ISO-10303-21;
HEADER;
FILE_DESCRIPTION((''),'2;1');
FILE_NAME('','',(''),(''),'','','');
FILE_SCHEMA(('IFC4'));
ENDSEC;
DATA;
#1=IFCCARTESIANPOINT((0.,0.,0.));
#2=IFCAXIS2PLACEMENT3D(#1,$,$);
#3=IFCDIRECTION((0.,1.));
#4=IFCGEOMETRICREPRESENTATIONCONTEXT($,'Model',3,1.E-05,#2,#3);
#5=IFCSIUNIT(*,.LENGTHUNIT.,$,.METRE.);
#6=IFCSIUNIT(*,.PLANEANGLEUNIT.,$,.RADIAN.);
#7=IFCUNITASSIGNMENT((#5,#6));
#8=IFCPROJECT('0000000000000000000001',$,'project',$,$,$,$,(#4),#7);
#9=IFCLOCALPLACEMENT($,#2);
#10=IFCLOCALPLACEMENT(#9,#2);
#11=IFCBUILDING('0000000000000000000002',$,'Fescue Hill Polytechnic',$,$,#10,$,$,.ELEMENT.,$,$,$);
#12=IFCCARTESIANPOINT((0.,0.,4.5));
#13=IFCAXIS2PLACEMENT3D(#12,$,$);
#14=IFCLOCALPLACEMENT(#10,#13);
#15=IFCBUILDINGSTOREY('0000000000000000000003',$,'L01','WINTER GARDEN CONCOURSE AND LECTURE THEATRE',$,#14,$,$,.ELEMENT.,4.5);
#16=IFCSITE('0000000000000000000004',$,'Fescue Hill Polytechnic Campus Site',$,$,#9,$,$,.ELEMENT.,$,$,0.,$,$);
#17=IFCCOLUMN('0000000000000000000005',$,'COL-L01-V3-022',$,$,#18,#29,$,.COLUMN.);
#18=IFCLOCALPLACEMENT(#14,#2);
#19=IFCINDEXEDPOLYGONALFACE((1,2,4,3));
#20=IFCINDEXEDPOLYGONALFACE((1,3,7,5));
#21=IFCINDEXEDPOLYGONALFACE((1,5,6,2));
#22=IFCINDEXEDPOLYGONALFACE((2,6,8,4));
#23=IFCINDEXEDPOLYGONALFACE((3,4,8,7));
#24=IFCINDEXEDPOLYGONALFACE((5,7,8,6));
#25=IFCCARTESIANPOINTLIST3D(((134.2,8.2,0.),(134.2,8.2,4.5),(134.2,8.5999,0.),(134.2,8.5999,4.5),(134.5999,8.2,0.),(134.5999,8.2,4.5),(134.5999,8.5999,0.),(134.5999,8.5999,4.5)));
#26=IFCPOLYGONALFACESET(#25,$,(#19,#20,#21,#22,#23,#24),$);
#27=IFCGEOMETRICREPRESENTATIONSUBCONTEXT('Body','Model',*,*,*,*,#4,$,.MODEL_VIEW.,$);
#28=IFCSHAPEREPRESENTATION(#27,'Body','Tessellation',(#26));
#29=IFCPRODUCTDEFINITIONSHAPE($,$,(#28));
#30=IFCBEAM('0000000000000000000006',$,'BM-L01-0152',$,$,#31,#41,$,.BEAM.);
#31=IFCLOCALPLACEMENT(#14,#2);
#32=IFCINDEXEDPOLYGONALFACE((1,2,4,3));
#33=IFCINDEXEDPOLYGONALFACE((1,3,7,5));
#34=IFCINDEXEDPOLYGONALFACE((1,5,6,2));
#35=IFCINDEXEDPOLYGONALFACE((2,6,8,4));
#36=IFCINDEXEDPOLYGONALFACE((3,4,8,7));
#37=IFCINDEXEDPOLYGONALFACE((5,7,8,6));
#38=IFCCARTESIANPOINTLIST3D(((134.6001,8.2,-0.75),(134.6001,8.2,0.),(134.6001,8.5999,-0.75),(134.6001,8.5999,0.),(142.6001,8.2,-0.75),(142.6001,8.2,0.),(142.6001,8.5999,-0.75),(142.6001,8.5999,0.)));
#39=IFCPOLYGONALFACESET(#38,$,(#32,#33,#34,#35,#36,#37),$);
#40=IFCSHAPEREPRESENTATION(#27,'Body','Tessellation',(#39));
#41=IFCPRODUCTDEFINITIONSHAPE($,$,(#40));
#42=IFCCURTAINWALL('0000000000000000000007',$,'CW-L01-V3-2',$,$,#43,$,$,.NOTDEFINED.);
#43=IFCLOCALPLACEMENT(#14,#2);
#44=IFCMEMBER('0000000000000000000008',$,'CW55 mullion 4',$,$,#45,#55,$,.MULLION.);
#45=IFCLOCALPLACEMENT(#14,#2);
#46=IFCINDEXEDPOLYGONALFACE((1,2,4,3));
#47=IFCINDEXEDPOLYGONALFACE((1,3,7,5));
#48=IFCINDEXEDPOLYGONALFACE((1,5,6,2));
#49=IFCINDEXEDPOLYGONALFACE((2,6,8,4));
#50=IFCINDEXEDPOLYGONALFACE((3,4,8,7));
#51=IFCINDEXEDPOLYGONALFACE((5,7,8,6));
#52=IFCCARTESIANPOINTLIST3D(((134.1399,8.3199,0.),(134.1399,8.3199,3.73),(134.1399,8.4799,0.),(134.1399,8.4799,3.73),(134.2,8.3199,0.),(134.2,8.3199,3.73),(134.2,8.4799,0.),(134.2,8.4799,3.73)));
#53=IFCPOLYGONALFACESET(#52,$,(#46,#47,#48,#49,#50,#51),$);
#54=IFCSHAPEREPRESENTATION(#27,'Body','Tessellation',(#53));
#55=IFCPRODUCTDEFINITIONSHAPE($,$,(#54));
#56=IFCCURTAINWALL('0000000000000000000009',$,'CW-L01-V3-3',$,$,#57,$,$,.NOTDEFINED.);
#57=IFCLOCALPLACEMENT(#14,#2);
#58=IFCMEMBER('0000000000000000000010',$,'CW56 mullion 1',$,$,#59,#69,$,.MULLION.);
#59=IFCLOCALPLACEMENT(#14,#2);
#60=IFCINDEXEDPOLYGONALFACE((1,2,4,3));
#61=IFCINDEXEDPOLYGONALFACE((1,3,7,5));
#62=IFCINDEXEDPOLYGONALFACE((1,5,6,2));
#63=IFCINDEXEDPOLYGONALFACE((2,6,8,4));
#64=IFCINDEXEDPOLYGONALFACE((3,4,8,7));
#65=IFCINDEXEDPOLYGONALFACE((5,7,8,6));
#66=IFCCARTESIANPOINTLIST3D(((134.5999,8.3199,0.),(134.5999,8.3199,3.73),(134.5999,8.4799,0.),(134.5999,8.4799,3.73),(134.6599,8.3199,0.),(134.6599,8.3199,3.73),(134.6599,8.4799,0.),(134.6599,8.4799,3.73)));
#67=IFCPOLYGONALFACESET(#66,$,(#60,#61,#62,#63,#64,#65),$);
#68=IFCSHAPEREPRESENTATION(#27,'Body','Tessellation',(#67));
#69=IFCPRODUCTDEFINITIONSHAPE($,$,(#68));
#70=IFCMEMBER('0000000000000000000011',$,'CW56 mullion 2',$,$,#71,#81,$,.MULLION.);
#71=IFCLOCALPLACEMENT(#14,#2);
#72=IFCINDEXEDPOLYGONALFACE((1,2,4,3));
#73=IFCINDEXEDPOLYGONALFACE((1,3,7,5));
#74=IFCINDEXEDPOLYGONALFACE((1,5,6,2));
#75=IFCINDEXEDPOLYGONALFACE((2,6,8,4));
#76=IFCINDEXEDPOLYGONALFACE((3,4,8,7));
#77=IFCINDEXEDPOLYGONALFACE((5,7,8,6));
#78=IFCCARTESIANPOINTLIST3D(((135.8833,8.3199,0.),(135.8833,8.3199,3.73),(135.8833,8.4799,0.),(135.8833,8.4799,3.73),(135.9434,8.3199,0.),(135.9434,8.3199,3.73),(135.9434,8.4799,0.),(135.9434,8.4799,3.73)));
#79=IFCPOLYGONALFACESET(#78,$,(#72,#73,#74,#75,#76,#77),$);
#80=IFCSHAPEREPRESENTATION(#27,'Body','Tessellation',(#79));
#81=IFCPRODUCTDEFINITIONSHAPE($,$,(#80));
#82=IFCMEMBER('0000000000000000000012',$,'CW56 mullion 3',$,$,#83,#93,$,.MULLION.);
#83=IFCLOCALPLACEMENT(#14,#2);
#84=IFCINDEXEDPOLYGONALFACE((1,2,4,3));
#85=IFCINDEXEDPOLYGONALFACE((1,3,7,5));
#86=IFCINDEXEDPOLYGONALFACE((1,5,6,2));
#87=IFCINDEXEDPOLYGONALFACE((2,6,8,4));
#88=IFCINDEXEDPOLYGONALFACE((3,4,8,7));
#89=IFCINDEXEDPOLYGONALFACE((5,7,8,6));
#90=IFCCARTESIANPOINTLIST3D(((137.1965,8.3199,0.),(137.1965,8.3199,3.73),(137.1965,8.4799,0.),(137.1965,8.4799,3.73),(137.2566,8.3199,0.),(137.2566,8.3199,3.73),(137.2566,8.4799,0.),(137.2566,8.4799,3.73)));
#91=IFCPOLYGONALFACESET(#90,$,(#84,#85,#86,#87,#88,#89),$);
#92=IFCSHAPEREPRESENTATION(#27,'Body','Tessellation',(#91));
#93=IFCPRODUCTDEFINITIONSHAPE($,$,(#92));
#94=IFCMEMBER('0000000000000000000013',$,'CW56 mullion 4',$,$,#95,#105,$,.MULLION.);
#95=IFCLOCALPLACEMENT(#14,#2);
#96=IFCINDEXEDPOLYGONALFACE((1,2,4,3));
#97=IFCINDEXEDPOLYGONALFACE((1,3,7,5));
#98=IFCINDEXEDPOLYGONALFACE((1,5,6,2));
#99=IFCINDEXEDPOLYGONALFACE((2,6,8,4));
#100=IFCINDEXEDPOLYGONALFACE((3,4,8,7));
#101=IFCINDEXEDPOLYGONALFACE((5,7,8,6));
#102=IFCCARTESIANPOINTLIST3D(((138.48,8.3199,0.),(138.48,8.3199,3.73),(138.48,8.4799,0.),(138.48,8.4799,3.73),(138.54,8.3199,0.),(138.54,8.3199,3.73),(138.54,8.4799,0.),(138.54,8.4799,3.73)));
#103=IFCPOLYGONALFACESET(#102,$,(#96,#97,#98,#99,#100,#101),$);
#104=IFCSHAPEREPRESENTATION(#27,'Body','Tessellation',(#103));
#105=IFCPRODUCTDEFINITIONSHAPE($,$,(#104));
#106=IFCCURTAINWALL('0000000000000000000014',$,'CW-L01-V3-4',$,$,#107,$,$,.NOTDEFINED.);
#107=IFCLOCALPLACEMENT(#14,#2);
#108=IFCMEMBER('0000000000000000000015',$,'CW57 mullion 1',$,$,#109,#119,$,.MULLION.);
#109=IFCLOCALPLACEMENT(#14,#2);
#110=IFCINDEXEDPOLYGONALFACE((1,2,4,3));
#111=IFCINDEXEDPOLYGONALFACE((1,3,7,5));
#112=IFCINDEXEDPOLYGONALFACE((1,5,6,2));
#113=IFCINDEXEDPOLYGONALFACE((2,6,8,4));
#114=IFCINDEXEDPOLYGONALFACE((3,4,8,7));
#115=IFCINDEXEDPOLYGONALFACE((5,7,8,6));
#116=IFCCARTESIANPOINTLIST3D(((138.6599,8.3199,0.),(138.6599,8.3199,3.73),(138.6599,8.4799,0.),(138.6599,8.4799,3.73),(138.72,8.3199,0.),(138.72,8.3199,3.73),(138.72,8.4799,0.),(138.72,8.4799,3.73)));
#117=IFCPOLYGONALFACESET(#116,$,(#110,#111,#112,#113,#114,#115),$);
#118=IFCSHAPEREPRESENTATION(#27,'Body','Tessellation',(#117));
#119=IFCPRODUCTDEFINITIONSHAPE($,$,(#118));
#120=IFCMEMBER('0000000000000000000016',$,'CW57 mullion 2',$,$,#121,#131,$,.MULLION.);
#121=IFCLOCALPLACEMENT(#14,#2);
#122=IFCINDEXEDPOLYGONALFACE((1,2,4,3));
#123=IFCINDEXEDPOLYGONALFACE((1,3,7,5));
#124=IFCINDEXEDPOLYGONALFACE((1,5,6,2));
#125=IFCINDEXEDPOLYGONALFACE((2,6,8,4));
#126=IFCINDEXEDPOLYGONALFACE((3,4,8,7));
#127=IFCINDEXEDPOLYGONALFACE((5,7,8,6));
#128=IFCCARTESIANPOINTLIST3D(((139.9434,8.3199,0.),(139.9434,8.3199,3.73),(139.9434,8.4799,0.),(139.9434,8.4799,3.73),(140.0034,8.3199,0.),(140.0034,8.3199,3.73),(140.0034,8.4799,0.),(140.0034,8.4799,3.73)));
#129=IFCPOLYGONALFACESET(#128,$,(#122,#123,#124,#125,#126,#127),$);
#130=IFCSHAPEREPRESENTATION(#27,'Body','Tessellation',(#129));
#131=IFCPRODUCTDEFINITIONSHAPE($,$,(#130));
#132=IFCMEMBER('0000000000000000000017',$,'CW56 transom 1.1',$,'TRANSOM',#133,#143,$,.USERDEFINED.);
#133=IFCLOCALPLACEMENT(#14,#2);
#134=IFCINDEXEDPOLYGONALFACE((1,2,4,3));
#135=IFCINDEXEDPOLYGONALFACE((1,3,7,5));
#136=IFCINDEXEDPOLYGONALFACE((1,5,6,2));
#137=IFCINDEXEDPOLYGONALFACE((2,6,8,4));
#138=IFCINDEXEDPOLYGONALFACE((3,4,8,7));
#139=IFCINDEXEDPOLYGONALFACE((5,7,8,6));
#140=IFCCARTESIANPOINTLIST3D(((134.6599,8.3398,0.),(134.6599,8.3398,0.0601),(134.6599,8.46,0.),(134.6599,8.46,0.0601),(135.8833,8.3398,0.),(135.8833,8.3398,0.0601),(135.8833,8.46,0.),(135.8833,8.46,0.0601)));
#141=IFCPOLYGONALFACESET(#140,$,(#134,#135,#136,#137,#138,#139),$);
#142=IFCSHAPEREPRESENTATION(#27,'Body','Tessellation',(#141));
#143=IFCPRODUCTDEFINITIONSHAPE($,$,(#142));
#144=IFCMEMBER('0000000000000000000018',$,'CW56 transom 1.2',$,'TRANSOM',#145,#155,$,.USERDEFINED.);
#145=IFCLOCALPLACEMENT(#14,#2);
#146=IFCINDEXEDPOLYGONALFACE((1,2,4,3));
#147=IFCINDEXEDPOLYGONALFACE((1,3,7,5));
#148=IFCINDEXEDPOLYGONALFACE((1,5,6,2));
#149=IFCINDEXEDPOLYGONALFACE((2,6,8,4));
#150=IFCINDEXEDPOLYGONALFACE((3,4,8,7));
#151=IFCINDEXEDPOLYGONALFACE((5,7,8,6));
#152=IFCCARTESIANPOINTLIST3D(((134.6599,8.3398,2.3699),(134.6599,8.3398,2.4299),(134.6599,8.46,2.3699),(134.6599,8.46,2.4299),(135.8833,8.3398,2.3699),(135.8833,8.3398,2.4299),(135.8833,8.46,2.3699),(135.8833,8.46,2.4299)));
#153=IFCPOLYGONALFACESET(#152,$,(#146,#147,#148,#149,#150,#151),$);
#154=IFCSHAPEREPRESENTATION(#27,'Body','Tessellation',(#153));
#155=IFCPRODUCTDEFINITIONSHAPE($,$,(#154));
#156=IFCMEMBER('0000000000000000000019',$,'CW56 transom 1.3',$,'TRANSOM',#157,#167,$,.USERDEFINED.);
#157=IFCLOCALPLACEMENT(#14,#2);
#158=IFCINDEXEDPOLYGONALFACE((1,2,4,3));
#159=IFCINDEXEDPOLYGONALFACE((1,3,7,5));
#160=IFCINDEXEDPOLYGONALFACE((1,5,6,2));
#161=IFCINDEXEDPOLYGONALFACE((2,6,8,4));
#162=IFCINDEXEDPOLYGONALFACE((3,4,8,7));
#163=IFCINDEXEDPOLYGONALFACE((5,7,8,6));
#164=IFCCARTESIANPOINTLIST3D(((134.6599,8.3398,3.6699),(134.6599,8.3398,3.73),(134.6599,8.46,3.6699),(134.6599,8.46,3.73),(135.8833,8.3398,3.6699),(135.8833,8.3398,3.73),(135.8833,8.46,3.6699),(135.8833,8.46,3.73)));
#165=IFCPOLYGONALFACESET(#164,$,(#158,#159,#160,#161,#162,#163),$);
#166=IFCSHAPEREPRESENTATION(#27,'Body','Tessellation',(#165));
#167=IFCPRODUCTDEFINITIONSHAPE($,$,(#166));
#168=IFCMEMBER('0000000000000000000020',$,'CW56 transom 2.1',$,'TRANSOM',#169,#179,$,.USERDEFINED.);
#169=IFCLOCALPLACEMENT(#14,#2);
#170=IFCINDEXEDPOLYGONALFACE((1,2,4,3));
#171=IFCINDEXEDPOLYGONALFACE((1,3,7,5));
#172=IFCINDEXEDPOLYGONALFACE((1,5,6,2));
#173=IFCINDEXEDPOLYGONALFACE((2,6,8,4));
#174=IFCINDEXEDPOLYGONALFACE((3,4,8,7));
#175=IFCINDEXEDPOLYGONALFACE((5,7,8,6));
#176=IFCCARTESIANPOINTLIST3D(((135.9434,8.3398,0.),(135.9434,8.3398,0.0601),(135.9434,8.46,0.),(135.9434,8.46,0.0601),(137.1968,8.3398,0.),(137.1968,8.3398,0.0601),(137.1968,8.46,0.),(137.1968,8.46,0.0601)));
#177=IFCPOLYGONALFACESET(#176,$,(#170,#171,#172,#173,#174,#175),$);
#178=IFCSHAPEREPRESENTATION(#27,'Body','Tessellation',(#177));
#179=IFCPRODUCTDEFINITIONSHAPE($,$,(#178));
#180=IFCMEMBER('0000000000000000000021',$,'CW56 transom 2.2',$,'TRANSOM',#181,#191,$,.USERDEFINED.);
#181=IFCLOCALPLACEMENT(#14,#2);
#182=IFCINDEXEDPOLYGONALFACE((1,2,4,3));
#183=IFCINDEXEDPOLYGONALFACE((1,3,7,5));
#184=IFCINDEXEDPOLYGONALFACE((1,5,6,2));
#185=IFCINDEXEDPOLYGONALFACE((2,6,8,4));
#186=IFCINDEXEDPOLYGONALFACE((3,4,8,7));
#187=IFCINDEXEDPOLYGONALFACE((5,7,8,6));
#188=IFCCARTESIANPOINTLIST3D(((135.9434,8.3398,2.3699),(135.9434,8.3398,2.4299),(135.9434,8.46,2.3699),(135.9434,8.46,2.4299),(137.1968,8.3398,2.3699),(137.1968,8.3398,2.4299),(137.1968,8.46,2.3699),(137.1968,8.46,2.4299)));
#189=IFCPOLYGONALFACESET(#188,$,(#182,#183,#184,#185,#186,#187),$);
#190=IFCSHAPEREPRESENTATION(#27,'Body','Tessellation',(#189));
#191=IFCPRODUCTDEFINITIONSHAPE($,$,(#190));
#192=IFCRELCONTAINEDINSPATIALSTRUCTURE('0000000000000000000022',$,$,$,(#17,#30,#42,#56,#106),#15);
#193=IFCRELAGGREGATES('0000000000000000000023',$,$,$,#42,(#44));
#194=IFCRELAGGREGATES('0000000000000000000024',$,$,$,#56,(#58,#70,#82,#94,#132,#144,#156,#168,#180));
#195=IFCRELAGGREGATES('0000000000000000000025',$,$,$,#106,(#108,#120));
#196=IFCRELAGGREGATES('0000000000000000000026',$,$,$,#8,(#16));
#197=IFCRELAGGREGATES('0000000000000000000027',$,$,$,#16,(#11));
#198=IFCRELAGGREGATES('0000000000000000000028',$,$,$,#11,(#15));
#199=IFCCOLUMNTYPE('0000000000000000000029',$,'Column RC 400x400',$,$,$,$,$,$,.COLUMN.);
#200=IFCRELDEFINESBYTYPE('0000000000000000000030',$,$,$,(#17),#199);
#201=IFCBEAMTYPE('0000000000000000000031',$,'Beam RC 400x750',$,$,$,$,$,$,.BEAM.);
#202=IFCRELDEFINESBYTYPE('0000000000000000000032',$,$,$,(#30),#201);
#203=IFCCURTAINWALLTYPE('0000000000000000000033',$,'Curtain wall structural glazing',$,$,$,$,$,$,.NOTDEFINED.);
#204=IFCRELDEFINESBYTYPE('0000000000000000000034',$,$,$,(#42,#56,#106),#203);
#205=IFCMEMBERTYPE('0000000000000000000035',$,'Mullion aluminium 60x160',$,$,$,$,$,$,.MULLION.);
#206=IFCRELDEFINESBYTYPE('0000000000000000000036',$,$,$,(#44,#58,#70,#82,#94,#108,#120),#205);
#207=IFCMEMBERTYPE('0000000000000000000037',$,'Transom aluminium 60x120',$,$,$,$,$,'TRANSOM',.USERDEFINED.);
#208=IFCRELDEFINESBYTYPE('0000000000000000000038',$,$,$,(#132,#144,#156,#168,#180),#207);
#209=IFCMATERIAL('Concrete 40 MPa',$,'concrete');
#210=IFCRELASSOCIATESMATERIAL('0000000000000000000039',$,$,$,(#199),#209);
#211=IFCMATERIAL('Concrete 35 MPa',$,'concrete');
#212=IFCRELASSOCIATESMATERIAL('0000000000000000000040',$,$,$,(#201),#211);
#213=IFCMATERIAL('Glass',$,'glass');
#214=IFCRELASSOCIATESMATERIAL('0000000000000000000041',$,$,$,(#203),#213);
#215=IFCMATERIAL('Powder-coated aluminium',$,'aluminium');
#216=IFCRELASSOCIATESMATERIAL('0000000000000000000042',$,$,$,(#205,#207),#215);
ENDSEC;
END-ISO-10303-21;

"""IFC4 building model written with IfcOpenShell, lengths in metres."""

from ifc_helpers import new_model, si_unit, direction, frame, origin, origin_2d, place, context, subcontext, project, spatial, rectangle, extrude, material, material_profile, profile_set, type_object, element, aggregate, save


model = new_model("IFC4")

# Units and contexts
model_context = context("Model", 3, precision=1e-05, world=origin(), true_north=direction((0.0, 1.0)))
body_context = subcontext(model_context, "Body", "Model", "MODEL_VIEW")
ifc_project = project(units=[si_unit("LENGTHUNIT", "METRE"), si_unit("PLANEANGLEUNIT", "RADIAN")], contexts=[model_context])

# Site, building, storey
site_placement = place(None, origin())
site = spatial("IfcSite", under=ifc_project, at=site_placement, Name="Fescue Hill Polytechnic Campus Site", CompositionType="ELEMENT", RefElevation=0.0)
building_placement = place(site_placement, origin())
building = spatial("IfcBuilding", under=site, at=building_placement, Name="Fescue Hill Polytechnic", CompositionType="ELEMENT")
storey_placement = place(building_placement, frame((0.0, 0.0, 4.5)))
storey = spatial("IfcBuildingStorey", under=building, at=storey_placement, Name="L01", Description="WINTER GARDEN CONCOURSE AND LECTURE THEATRE", CompositionType="ELEMENT", Elevation=4.5)

# Column
ifc_material_1 = material(Name="Concrete 40 MPa", Category="concrete")
ifc_material_profile_1 = material_profile(ifc_material_1, rectangle(XDim=0.3999, YDim=0.3999, at=origin_2d()), Name="RC 400x400")
ifc_profile_set_1 = profile_set([ifc_material_profile_1], Name="Concrete 40 MPa")
column_type = type_object("IfcColumnType", Name="Column RC 400x400", PredefinedType="COLUMN", material=ifc_profile_set_1)
column_placement = place(storey_placement, frame((134.3999, 8.3999, 0.0), z_axis=(0.0, 0.0, 1.0), x_axis=(1.0, 0.0, 0.0)))
element("IfcColumn", 1, at=column_placement, inside=storey, type_object=column_type, Name="COL-L01-V3-022", PredefinedType="COLUMN", context=body_context, shape_type="SweptSolid", body=[
    extrude(rectangle(XDim=0.3999, YDim=0.3999, at=origin_2d()), origin(), (0.0, 0.0, 1.0), 4.5),
])

# Beam
ifc_material_2 = material(Name="Concrete 35 MPa", Category="concrete")
ifc_material_profile_2 = material_profile(ifc_material_2, rectangle(XDim=0.3999, YDim=0.75, at=origin_2d()), Name="RC 400x750")
ifc_profile_set_2 = profile_set([ifc_material_profile_2], Name="Concrete 35 MPa")
beam_type = type_object("IfcBeamType", Name="Beam RC 400x750", PredefinedType="BEAM", material=ifc_profile_set_2)
beam_placement = place(storey_placement, frame((134.6001, 8.3999, -0.375), z_axis=(1.0, 0.0, 0.0), x_axis=(0.0, 1.0, 0.0)))
element("IfcBeam", 2, at=beam_placement, inside=storey, type_object=beam_type, Name="BM-L01-0152", PredefinedType="BEAM", context=body_context, shape_type="SweptSolid", body=[
    extrude(rectangle(XDim=0.3999, YDim=0.75, at=origin_2d()), origin(), (0.0, 0.0, 1.0), 8.0),
])

# Curtain wall, member
ifc_material_3 = material(Name="Glass", Category="glass")
curtain_wall_type = type_object("IfcCurtainWallType", Name="Curtain wall structural glazing", PredefinedType="NOTDEFINED", material=ifc_material_3)
curtain_wall_1_placement = place(storey_placement, origin())
curtain_wall_1 = element("IfcCurtainWall", 3, at=curtain_wall_1_placement, inside=storey, type_object=curtain_wall_type, Name="CW-L01-V3-2", PredefinedType="NOTDEFINED")
ifc_material_4 = material(Name="Powder-coated aluminium", Category="aluminium")
ifc_material_profile_3 = material_profile(ifc_material_4, rectangle(XDim=0.1599, YDim=0.0601, at=origin_2d()), Name="Mullion aluminium 60x160")
ifc_profile_set_3 = profile_set([ifc_material_profile_3], Name="Powder-coated aluminium")
member_type_1 = type_object("IfcMemberType", Name="Mullion aluminium 60x160", PredefinedType="MULLION", material=ifc_profile_set_3)
member_1_placement = place(storey_placement, frame((134.1699, 8.3999, 0.0), z_axis=(0.0, 0.0, 1.0), x_axis=(0.0, 1.0, 0.0)))
member_1 = element("IfcMember", 4, at=member_1_placement, type_object=member_type_1, Name="CW55 mullion 4", PredefinedType="MULLION", context=body_context, shape_type="SweptSolid", body=[
    extrude(rectangle(XDim=0.1599, YDim=0.0601, at=origin_2d()), origin(), (0.0, 0.0, 1.0), 3.73),
])

# Curtain walls, members
curtain_wall_2_placement = place(storey_placement, origin())
curtain_wall_2 = element("IfcCurtainWall", 5, at=curtain_wall_2_placement, inside=storey, type_object=curtain_wall_type, Name="CW-L01-V3-3", PredefinedType="NOTDEFINED")
member_2_placement = place(storey_placement, frame((134.6299, 8.3999, 0.0), z_axis=(0.0, 0.0, 1.0), x_axis=(0.0, 1.0, 0.0)))
member_2 = element("IfcMember", 6, at=member_2_placement, type_object=member_type_1, Name="CW56 mullion 1", PredefinedType="MULLION", context=body_context, shape_type="SweptSolid", body=[
    extrude(rectangle(XDim=0.1599, YDim=0.0601, at=origin_2d()), origin(), (0.0, 0.0, 1.0), 3.73),
])
member_3_placement = place(storey_placement, frame((135.9133, 8.3999, 0.0), z_axis=(0.0, 0.0, 1.0), x_axis=(0.0, 1.0, 0.0)))
member_3 = element("IfcMember", 7, at=member_3_placement, type_object=member_type_1, Name="CW56 mullion 2", PredefinedType="MULLION", context=body_context, shape_type="SweptSolid", body=[
    extrude(rectangle(XDim=0.1599, YDim=0.0601, at=origin_2d()), origin(), (0.0, 0.0, 1.0), 3.73),
])
member_4_placement = place(storey_placement, frame((137.2266, 8.3999, 0.0), z_axis=(0.0, 0.0, 1.0), x_axis=(0.0, 1.0, 0.0)))
member_4 = element("IfcMember", 8, at=member_4_placement, type_object=member_type_1, Name="CW56 mullion 3", PredefinedType="MULLION", context=body_context, shape_type="SweptSolid", body=[
    extrude(rectangle(XDim=0.1599, YDim=0.0601, at=origin_2d()), origin(), (0.0, 0.0, 1.0), 3.73),
])
member_5_placement = place(storey_placement, frame((138.51, 8.3999, 0.0), z_axis=(0.0, 0.0, 1.0), x_axis=(0.0, 1.0, 0.0)))
member_5 = element("IfcMember", 9, at=member_5_placement, type_object=member_type_1, Name="CW56 mullion 4", PredefinedType="MULLION", context=body_context, shape_type="SweptSolid", body=[
    extrude(rectangle(XDim=0.1599, YDim=0.0601, at=origin_2d()), origin(), (0.0, 0.0, 1.0), 3.73),
])
curtain_wall_3_placement = place(storey_placement, origin())
curtain_wall_3 = element("IfcCurtainWall", 10, at=curtain_wall_3_placement, inside=storey, type_object=curtain_wall_type, Name="CW-L01-V3-4", PredefinedType="NOTDEFINED")
member_6_placement = place(storey_placement, frame((138.6899, 8.3999, 0.0), z_axis=(0.0, 0.0, 1.0), x_axis=(0.0, 1.0, 0.0)))
member_6 = element("IfcMember", 11, at=member_6_placement, type_object=member_type_1, Name="CW57 mullion 1", PredefinedType="MULLION", context=body_context, shape_type="SweptSolid", body=[
    extrude(rectangle(XDim=0.1599, YDim=0.0601, at=origin_2d()), origin(), (0.0, 0.0, 1.0), 3.73),
])
member_7_placement = place(storey_placement, frame((139.9734, 8.3999, 0.0), z_axis=(0.0, 0.0, 1.0), x_axis=(0.0, 1.0, 0.0)))
member_7 = element("IfcMember", 12, at=member_7_placement, type_object=member_type_1, Name="CW57 mullion 2", PredefinedType="MULLION", context=body_context, shape_type="SweptSolid", body=[
    extrude(rectangle(XDim=0.1599, YDim=0.0601, at=origin_2d()), origin(), (0.0, 0.0, 1.0), 3.73),
])

# Members
ifc_material_profile_4 = material_profile(ifc_material_4, rectangle(XDim=0.1201, YDim=0.0601, at=origin_2d()), Name="Transom aluminium 60x120")
ifc_profile_set_4 = profile_set([ifc_material_profile_4], Name="Powder-coated aluminium")
member_type_2 = type_object("IfcMemberType", Name="Transom aluminium 60x120", ElementType="TRANSOM", PredefinedType="USERDEFINED", material=ifc_profile_set_4)
member_8_placement = place(storey_placement, frame((134.6599, 8.3999, 0.03), z_axis=(1.0, 0.0, 0.0), x_axis=(0.0, 1.0, 0.0)))
member_8 = element("IfcMember", 13, at=member_8_placement, type_object=member_type_2, Name="CW56 transom 1.1", ObjectType="TRANSOM", PredefinedType="USERDEFINED", context=body_context, shape_type="SweptSolid", body=[
    extrude(rectangle(XDim=0.1201, YDim=0.0601, at=origin_2d()), origin(), (0.0, 0.0, 1.0), 1.2234),
])
member_9_placement = place(storey_placement, frame((134.6599, 8.3999, 2.3999), z_axis=(1.0, 0.0, 0.0), x_axis=(0.0, 1.0, 0.0)))
member_9 = element("IfcMember", 14, at=member_9_placement, type_object=member_type_2, Name="CW56 transom 1.2", ObjectType="TRANSOM", PredefinedType="USERDEFINED", context=body_context, shape_type="SweptSolid", body=[
    extrude(rectangle(XDim=0.1201, YDim=0.0601, at=origin_2d()), origin(), (0.0, 0.0, 1.0), 1.2234),
])
member_10_placement = place(storey_placement, frame((134.6599, 8.3999, 3.7), z_axis=(1.0, 0.0, 0.0), x_axis=(0.0, 1.0, 0.0)))
member_10 = element("IfcMember", 15, at=member_10_placement, type_object=member_type_2, Name="CW56 transom 1.3", ObjectType="TRANSOM", PredefinedType="USERDEFINED", context=body_context, shape_type="SweptSolid", body=[
    extrude(rectangle(XDim=0.1201, YDim=0.0601, at=origin_2d()), origin(), (0.0, 0.0, 1.0), 1.2234),
])
member_11_placement = place(storey_placement, frame((135.9434, 8.3999, 0.03), z_axis=(1.0, 0.0, 0.0), x_axis=(0.0, 1.0, 0.0)))
member_11 = element("IfcMember", 16, at=member_11_placement, type_object=member_type_2, Name="CW56 transom 2.1", ObjectType="TRANSOM", PredefinedType="USERDEFINED", context=body_context, shape_type="SweptSolid", body=[
    extrude(rectangle(XDim=0.1201, YDim=0.0601, at=origin_2d()), origin(), (0.0, 0.0, 1.0), 1.2534),
])
member_12_placement = place(storey_placement, frame((135.9434, 8.3999, 2.3999), z_axis=(1.0, 0.0, 0.0), x_axis=(0.0, 1.0, 0.0)))
member_12 = element("IfcMember", 17, at=member_12_placement, type_object=member_type_2, Name="CW56 transom 2.2", ObjectType="TRANSOM", PredefinedType="USERDEFINED", context=body_context, shape_type="SweptSolid", body=[
    extrude(rectangle(XDim=0.1201, YDim=0.0601, at=origin_2d()), origin(), (0.0, 0.0, 1.0), 1.2534),
])

aggregate(curtain_wall_1, [member_1])
aggregate(curtain_wall_2, [member_2, member_3, member_4, member_5, member_8, member_9, member_10, member_11, member_12])
aggregate(curtain_wall_3, [member_6, member_7])

save(model, "model.ifc")
